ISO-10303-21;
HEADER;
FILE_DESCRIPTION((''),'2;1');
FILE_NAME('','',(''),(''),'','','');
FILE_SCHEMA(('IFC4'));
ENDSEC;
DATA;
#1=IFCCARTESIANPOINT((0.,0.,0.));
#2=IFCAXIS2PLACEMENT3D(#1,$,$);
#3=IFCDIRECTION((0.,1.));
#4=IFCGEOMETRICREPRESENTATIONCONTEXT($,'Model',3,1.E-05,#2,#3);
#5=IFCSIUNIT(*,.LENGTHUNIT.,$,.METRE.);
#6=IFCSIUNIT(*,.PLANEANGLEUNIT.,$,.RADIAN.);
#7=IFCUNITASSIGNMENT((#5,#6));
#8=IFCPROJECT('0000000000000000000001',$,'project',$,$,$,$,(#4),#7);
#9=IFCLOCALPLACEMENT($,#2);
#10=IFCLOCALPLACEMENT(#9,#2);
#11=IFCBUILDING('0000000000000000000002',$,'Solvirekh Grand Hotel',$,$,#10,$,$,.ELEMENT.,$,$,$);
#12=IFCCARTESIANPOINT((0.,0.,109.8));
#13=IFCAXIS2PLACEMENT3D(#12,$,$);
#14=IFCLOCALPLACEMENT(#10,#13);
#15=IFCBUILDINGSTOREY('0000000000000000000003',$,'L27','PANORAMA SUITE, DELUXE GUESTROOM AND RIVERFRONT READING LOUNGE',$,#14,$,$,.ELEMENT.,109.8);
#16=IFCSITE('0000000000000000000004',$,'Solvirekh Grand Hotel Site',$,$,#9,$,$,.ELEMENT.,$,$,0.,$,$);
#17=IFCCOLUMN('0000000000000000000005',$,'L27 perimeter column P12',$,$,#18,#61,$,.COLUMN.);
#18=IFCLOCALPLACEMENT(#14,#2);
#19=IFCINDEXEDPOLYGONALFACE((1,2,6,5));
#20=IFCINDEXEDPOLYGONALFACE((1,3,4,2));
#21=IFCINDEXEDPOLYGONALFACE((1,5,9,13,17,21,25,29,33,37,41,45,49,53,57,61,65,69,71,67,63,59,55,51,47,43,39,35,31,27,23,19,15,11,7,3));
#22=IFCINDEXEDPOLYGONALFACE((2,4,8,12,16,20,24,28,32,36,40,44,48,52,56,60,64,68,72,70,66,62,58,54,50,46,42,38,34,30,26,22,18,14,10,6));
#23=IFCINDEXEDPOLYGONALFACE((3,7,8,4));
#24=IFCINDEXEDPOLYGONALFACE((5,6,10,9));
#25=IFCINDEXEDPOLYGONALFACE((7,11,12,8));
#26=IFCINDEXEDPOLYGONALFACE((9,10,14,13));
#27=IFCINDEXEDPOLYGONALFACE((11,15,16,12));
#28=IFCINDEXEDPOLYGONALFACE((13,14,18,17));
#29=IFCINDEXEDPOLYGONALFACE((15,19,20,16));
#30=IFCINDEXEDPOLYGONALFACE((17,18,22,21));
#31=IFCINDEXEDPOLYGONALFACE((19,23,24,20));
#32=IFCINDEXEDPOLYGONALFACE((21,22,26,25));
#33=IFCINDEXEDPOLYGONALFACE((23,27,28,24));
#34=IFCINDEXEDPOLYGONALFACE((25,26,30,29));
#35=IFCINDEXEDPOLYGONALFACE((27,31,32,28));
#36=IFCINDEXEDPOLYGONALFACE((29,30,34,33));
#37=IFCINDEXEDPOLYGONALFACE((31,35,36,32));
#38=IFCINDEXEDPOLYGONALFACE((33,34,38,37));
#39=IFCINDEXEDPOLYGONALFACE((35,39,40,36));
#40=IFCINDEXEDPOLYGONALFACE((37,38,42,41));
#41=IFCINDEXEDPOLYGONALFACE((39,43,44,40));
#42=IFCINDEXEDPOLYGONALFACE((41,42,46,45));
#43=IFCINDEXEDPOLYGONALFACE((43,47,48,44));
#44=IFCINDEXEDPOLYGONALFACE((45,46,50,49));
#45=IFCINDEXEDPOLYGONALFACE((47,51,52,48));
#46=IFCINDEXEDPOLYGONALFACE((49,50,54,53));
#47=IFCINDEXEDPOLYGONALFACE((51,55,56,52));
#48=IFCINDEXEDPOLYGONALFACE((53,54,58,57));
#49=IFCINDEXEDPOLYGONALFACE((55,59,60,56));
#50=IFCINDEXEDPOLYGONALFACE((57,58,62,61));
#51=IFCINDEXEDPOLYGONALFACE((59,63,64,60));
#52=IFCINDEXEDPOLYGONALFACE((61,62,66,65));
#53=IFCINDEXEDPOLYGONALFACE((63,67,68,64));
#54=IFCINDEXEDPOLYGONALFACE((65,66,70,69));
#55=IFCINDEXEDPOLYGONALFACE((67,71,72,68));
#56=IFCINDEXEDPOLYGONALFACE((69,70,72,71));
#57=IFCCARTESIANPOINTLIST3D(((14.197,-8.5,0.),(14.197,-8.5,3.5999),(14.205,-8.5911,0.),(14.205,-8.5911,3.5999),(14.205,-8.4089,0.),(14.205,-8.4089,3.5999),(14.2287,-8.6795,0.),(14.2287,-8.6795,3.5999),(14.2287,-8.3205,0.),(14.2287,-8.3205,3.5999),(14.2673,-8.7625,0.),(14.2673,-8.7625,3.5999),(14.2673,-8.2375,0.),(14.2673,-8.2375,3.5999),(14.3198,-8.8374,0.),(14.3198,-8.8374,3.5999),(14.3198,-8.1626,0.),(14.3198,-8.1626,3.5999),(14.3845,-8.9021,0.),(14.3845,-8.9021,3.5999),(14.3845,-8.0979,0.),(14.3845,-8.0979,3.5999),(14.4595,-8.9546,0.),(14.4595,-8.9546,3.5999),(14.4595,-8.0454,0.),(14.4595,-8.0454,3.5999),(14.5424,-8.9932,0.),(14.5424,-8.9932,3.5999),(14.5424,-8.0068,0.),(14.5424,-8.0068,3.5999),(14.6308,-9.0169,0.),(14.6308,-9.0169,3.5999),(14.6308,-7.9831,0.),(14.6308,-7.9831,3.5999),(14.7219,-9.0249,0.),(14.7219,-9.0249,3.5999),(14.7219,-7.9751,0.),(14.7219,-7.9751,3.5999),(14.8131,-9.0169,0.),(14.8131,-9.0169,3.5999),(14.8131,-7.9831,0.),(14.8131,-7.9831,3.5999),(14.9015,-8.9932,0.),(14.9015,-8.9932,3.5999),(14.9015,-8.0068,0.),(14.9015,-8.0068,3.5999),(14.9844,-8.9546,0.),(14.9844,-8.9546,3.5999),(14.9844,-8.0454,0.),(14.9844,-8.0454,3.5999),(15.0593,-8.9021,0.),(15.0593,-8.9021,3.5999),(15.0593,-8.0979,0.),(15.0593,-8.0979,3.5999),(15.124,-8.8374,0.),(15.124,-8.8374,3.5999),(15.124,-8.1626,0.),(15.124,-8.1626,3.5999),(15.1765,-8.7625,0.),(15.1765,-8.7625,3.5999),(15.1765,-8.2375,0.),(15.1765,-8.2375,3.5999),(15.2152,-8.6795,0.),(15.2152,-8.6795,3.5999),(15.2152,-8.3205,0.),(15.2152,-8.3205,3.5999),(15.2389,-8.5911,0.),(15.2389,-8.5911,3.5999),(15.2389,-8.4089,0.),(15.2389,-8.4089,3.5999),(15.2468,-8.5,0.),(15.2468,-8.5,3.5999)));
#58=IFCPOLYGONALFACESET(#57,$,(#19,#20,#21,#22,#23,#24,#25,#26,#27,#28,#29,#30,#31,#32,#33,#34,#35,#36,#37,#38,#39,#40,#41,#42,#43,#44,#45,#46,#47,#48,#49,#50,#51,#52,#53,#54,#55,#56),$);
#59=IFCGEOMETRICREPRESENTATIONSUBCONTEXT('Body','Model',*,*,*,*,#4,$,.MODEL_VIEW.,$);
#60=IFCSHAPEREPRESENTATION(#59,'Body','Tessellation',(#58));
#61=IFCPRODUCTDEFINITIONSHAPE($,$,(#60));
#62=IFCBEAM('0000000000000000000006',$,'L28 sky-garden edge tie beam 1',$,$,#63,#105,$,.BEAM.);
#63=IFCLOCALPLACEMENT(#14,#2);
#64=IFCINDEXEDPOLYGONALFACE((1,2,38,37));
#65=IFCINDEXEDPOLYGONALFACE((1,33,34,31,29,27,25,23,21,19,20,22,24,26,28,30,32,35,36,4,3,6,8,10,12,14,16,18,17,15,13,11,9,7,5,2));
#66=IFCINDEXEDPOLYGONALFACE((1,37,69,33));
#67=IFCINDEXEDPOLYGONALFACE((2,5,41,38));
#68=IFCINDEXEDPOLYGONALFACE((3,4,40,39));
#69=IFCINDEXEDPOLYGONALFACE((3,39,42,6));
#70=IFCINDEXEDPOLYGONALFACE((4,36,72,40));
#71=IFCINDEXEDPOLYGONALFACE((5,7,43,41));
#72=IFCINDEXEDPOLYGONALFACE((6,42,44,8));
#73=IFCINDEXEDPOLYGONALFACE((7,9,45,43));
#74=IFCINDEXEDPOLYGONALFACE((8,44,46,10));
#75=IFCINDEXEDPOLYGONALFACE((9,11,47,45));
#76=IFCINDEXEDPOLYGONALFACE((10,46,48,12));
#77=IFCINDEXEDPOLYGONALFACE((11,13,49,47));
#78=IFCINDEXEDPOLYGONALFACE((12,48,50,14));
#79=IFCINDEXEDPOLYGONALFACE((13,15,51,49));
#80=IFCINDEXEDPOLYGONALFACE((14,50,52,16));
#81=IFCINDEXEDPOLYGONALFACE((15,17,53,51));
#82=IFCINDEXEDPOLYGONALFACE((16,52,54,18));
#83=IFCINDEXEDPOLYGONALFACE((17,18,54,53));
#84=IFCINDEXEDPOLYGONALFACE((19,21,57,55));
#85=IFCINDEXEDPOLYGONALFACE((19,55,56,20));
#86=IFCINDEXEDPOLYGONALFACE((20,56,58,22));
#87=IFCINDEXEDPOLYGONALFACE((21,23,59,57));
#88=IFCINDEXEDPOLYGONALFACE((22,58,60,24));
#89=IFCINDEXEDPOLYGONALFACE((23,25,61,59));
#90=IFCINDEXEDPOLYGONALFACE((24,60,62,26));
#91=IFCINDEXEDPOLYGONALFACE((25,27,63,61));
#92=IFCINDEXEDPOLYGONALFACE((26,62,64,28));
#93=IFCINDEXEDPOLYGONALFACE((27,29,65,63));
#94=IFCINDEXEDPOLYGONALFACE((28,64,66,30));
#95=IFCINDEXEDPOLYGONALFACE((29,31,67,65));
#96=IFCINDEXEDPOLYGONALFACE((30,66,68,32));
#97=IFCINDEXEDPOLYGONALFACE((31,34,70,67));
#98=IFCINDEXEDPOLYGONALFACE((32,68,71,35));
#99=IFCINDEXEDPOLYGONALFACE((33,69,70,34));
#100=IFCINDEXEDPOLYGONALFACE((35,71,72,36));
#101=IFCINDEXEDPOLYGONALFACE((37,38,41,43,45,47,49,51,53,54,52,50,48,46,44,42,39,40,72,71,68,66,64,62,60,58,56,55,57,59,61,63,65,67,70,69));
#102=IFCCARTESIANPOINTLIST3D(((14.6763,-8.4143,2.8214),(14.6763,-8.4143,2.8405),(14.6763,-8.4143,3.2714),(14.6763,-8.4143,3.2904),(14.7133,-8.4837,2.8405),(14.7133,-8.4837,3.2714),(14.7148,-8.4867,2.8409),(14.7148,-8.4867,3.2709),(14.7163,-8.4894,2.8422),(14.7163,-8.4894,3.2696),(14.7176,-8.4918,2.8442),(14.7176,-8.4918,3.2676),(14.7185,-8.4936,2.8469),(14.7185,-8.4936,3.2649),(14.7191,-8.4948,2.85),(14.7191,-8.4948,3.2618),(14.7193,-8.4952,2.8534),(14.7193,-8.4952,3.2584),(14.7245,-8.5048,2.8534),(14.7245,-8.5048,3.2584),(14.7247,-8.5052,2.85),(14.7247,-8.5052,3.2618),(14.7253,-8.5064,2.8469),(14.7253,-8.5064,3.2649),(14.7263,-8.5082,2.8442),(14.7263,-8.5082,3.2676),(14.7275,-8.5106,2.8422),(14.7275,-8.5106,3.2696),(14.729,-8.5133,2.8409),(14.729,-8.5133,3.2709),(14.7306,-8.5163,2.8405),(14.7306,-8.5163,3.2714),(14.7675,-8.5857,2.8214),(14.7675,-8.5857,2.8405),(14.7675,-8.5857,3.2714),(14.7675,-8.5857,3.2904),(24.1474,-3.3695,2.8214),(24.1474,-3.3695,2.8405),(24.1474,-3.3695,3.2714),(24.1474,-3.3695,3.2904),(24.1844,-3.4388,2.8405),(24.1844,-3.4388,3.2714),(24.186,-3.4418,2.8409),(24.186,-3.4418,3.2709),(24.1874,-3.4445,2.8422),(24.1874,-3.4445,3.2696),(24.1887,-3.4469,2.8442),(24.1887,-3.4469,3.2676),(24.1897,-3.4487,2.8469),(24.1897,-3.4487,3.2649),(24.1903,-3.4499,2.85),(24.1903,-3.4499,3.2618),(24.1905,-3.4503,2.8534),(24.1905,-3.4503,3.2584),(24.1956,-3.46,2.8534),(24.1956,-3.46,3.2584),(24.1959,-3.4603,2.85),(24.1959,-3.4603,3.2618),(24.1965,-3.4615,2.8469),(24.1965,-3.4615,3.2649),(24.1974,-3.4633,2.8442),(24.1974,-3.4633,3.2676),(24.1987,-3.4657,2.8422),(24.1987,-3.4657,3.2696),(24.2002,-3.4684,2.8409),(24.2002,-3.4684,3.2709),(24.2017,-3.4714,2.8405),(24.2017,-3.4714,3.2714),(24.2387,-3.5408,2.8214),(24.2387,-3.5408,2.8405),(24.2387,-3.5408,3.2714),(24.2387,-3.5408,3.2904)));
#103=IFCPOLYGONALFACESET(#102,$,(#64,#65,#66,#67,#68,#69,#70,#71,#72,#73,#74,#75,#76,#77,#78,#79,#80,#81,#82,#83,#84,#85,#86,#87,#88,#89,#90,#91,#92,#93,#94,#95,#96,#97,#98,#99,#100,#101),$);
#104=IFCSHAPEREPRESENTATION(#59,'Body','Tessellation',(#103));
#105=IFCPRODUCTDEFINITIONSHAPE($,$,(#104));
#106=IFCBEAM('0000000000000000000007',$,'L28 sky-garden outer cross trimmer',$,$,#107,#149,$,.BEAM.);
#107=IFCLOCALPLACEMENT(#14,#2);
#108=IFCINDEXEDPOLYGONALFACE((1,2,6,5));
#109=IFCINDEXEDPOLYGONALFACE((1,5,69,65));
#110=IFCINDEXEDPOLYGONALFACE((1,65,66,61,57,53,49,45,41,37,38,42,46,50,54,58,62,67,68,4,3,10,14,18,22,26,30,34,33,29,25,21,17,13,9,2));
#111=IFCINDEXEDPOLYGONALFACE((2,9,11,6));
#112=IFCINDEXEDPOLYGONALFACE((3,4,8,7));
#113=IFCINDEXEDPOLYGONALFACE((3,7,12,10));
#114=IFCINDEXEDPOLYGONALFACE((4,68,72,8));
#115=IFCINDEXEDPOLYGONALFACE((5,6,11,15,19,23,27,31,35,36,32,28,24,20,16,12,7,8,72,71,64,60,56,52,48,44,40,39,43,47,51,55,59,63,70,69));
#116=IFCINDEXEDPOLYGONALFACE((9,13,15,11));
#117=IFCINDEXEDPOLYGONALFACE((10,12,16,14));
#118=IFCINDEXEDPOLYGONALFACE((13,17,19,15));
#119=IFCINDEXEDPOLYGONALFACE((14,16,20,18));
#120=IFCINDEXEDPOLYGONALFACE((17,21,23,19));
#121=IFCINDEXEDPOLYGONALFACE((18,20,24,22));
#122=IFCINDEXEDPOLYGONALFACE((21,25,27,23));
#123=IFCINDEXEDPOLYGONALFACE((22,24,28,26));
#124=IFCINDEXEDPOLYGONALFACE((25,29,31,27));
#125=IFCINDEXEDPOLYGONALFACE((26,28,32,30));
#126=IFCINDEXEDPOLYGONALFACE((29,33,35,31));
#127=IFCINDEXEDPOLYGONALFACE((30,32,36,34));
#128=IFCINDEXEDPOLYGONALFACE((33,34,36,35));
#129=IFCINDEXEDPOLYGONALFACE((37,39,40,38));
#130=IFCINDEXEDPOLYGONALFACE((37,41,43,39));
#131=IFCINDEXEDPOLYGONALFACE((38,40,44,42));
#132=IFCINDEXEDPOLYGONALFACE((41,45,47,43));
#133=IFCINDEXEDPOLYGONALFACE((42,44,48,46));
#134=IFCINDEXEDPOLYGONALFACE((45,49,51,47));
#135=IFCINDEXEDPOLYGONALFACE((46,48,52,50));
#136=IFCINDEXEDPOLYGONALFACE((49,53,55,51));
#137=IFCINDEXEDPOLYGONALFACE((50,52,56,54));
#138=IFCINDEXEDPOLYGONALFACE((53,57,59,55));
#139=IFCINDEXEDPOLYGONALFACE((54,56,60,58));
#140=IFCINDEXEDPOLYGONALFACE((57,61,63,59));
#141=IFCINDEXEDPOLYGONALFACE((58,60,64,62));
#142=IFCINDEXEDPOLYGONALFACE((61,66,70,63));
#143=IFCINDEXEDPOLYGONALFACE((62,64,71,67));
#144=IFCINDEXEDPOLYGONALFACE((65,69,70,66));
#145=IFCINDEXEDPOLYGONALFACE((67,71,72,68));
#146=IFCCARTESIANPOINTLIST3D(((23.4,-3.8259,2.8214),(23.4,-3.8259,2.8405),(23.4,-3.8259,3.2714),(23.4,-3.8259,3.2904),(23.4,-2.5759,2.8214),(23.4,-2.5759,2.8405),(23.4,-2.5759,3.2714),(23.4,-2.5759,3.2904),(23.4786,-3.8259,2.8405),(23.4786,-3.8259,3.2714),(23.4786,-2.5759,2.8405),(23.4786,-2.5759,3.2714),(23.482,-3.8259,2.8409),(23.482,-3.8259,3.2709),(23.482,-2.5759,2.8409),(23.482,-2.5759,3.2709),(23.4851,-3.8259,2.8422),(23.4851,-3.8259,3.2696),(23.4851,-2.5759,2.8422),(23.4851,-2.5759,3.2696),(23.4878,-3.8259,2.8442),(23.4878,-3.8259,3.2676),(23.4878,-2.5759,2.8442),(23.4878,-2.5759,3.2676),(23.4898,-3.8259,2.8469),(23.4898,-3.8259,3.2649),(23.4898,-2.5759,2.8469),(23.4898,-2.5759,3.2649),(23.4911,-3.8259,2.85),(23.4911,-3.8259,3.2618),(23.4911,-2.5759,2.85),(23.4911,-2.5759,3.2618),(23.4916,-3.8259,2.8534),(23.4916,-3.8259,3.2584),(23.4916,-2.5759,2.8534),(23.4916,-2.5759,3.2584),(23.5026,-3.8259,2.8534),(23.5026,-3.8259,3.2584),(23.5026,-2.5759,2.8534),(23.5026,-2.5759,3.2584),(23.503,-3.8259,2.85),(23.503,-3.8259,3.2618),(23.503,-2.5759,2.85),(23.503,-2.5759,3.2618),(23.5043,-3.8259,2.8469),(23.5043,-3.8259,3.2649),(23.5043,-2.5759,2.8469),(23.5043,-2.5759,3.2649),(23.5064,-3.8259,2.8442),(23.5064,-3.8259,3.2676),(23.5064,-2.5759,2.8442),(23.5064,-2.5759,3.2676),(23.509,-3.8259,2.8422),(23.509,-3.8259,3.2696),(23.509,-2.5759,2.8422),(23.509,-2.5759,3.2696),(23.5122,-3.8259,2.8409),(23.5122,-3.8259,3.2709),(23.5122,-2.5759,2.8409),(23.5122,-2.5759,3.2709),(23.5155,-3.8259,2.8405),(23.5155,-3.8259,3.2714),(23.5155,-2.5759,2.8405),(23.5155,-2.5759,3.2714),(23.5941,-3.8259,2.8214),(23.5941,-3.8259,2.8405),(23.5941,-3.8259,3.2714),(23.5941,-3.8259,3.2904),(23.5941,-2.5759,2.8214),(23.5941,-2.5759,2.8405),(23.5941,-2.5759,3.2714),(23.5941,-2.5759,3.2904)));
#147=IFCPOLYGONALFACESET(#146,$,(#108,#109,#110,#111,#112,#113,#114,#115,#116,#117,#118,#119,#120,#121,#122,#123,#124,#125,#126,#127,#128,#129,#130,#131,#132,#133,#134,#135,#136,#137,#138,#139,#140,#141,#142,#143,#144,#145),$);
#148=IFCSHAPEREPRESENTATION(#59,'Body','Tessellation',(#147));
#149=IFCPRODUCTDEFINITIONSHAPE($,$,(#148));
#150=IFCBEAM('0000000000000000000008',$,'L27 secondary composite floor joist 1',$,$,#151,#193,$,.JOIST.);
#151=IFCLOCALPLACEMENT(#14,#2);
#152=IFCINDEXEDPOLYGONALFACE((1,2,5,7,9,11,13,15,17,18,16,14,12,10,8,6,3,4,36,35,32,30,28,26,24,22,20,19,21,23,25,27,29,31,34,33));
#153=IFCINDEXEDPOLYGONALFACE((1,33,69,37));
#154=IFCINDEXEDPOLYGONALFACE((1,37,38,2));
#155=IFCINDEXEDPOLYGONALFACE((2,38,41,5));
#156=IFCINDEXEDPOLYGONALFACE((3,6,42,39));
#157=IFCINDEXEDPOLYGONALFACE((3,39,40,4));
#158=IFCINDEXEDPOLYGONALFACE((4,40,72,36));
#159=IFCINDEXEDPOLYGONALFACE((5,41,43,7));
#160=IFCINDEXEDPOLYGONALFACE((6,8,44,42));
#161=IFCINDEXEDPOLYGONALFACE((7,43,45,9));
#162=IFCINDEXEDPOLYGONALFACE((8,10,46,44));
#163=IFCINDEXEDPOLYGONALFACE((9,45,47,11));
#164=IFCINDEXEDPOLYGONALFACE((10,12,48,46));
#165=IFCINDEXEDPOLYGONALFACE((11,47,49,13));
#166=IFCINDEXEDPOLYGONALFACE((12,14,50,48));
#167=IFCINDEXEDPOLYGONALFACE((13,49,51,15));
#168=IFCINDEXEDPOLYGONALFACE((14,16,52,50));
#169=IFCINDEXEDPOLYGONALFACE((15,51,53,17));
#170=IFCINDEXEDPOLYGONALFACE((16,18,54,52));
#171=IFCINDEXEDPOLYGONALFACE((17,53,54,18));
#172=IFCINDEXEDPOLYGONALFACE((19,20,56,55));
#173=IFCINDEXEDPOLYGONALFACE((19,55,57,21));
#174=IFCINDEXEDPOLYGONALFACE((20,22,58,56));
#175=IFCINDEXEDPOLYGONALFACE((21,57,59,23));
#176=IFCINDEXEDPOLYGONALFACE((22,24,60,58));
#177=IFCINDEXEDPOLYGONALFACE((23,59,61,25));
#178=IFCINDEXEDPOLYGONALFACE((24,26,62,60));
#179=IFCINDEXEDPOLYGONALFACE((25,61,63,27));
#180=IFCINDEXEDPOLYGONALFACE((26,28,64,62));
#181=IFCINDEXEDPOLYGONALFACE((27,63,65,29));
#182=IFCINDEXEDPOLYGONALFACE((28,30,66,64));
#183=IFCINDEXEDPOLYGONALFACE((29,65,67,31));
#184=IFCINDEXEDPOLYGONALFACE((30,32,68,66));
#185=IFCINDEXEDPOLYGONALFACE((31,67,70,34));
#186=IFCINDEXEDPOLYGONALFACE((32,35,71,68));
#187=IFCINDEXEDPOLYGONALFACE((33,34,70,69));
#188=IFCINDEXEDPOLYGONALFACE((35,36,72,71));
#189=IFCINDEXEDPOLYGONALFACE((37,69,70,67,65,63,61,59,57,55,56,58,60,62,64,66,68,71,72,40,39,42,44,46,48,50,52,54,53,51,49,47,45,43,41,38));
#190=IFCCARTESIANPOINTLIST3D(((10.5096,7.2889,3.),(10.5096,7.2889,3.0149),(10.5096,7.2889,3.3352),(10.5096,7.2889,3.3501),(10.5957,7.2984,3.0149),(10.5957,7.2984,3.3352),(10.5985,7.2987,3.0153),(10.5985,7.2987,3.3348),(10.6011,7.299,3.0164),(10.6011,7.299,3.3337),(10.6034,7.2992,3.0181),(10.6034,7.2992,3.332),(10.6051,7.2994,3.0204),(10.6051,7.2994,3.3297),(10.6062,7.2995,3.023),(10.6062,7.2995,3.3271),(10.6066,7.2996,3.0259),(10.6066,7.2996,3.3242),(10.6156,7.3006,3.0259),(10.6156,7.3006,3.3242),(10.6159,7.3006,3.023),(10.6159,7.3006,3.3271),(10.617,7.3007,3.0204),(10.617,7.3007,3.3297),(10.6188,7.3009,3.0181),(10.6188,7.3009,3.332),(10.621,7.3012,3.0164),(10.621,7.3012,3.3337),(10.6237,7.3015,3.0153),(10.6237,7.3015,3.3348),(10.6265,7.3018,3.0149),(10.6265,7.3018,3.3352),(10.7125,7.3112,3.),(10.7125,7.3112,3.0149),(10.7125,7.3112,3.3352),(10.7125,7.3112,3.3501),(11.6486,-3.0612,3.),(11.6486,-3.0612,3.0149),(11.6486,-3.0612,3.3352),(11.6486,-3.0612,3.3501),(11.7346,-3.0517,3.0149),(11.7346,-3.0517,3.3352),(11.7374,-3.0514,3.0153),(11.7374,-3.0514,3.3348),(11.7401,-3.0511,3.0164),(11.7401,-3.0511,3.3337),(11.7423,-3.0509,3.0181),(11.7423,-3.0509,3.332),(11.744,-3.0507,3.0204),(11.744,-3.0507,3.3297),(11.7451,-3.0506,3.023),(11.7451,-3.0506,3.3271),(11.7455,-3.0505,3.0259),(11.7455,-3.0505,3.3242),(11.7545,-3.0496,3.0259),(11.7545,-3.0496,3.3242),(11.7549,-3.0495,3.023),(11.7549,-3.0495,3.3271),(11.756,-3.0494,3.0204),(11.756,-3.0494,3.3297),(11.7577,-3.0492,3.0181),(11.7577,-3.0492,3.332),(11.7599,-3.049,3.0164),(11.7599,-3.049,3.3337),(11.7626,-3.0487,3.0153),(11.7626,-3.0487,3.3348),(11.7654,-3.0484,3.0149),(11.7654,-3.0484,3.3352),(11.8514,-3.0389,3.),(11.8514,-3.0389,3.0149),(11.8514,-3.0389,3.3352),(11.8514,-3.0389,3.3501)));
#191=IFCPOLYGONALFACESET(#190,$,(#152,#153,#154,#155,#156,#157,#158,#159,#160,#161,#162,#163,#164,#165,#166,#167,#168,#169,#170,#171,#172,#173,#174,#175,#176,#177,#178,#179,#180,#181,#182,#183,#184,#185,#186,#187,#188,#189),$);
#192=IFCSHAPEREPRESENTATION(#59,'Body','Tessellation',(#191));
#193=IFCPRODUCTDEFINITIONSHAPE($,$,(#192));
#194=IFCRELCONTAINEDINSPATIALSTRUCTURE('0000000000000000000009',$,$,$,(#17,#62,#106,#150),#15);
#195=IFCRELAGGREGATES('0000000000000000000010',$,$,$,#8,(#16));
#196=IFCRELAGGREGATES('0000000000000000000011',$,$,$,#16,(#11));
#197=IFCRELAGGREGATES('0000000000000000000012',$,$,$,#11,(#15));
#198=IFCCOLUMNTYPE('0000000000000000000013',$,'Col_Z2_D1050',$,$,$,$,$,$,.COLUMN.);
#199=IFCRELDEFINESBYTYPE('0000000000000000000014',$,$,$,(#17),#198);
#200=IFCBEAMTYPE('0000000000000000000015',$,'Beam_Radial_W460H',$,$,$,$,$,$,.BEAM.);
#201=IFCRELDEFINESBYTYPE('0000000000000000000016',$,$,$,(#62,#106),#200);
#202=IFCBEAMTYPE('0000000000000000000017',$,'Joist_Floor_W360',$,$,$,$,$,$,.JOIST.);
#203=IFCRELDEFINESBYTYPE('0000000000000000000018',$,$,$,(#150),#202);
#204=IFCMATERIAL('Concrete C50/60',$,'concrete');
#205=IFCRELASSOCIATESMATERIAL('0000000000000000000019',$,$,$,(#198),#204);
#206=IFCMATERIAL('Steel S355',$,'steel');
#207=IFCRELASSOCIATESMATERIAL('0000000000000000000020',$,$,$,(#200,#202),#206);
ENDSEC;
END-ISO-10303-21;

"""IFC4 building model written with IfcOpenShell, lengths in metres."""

from ifc_helpers import new_model, si_unit, direction, frame, origin, origin_2d, place, context, subcontext, project, spatial, circle, i_section, extrude, material, material_profile, profile_set, type_object, element, save


model = new_model("IFC4")

# Units and contexts
model_context = context("Model", 3, precision=1e-05, world=origin(), true_north=direction((0.0, 1.0)))
body_context = subcontext(model_context, "Body", "Model", "MODEL_VIEW")
ifc_project = project(units=[si_unit("LENGTHUNIT", "METRE"), si_unit("PLANEANGLEUNIT", "RADIAN")], contexts=[model_context])

# Site, building, storey
site_placement = place(None, origin())
site = spatial("IfcSite", under=ifc_project, at=site_placement, Name="Solvirekh Grand Hotel Site", CompositionType="ELEMENT", RefElevation=0.0)
building_placement = place(site_placement, origin())
building = spatial("IfcBuilding", under=site, at=building_placement, Name="Solvirekh Grand Hotel", CompositionType="ELEMENT")
storey_placement = place(building_placement, frame((0.0, 0.0, 109.8)))
storey = spatial("IfcBuildingStorey", under=building, at=storey_placement, Name="L27", Description="PANORAMA SUITE, DELUXE GUESTROOM AND RIVERFRONT READING LOUNGE", CompositionType="ELEMENT", Elevation=109.8)

# Column
ifc_material_1 = material(Name="Concrete C50/60", Category="concrete")
ifc_material_profile_1 = material_profile(ifc_material_1, circle(Radius=0.5249, at=origin_2d()), Name="RC CIRC D1050")
ifc_profile_set_1 = profile_set([ifc_material_profile_1], Name="Concrete C50/60")
column_type = type_object("IfcColumnType", Name="Col_Z2_D1050", PredefinedType="COLUMN", material=ifc_profile_set_1)
column_placement = place(storey_placement, frame((14.7219, -8.5, 0.0), z_axis=(0.0, 0.0, 1.0), x_axis=(1.0, 0.0, 0.0)))
element("IfcColumn", 1, at=column_placement, inside=storey, type_object=column_type, Name="L27 perimeter column P12", PredefinedType="COLUMN", context=body_context, shape_type="SweptSolid", body=[
    extrude(circle(Radius=0.5249, at=origin_2d()), origin(), (0.0, 0.0, 1.0), 3.5999),
])

# Beams
ifc_material_2 = material(Name="Steel S355", Category="steel")
ifc_material_profile_2 = material_profile(ifc_material_2, i_section(OverallWidth=0.1941, OverallDepth=0.469, WebThickness=0.011, FlangeThickness=0.019, FilletRadius=0.0129, at=origin_2d()), Name="W460X106")
ifc_profile_set_2 = profile_set([ifc_material_profile_2], Name="Steel S355")
beam_type_1 = type_object("IfcBeamType", Name="Beam_Radial_W460H", PredefinedType="BEAM", material=ifc_profile_set_2)
beam_1_placement = place(storey_placement, frame((14.7219, -8.5, 3.0559), z_axis=(0.8826, 0.470125, 0.0), x_axis=(-0.470125, 0.8826, 0.0)))
element("IfcBeam", 2, at=beam_1_placement, inside=storey, type_object=beam_type_1, Name="L28 sky-garden edge tie beam 1", PredefinedType="BEAM", context=body_context, shape_type="SweptSolid", body=[
    extrude(i_section(OverallWidth=0.1941, OverallDepth=0.469, WebThickness=0.011, FlangeThickness=0.019, FilletRadius=0.0129, at=origin_2d()), origin(), (0.0, 0.0, 1.0), 10.731),
])
beam_2_placement = place(storey_placement, frame((23.4971, -3.8259, 3.0559), z_axis=(0.0, 1.0, 0.0), x_axis=(-1.0, 0.0, 0.0)))
element("IfcBeam", 3, at=beam_2_placement, inside=storey, type_object=beam_type_1, Name="L28 sky-garden outer cross trimmer", PredefinedType="BEAM", context=body_context, shape_type="SweptSolid", body=[
    extrude(i_section(OverallWidth=0.1941, OverallDepth=0.469, WebThickness=0.011, FlangeThickness=0.019, FilletRadius=0.0129, at=origin_2d()), origin(), (0.0, 0.0, 1.0), 1.25),
])
ifc_material_profile_3 = material_profile(ifc_material_2, i_section(OverallWidth=0.2041, OverallDepth=0.3501, WebThickness=0.009, FlangeThickness=0.0149, FilletRadius=0.011, at=origin_2d()), Name="W360X72")
ifc_profile_set_3 = profile_set([ifc_material_profile_3], Name="Steel S355")
beam_type_2 = type_object("IfcBeamType", Name="Joist_Floor_W360", PredefinedType="JOIST", material=ifc_profile_set_3)
beam_3_placement = place(storey_placement, frame((11.75, -3.05, 3.175), z_axis=(-0.109379, 0.994, 0.0), x_axis=(-0.994, -0.109379, 0.0)))
element("IfcBeam", 4, at=beam_3_placement, inside=storey, type_object=beam_type_2, Name="L27 secondary composite floor joist 1", PredefinedType="JOIST", context=body_context, shape_type="SweptSolid", body=[
    extrude(i_section(OverallWidth=0.2041, OverallDepth=0.3501, WebThickness=0.009, FlangeThickness=0.0149, FilletRadius=0.011, at=origin_2d()), origin(), (0.0, 0.0, 1.0), 10.4126),
])

save(model, "model.ifc")
